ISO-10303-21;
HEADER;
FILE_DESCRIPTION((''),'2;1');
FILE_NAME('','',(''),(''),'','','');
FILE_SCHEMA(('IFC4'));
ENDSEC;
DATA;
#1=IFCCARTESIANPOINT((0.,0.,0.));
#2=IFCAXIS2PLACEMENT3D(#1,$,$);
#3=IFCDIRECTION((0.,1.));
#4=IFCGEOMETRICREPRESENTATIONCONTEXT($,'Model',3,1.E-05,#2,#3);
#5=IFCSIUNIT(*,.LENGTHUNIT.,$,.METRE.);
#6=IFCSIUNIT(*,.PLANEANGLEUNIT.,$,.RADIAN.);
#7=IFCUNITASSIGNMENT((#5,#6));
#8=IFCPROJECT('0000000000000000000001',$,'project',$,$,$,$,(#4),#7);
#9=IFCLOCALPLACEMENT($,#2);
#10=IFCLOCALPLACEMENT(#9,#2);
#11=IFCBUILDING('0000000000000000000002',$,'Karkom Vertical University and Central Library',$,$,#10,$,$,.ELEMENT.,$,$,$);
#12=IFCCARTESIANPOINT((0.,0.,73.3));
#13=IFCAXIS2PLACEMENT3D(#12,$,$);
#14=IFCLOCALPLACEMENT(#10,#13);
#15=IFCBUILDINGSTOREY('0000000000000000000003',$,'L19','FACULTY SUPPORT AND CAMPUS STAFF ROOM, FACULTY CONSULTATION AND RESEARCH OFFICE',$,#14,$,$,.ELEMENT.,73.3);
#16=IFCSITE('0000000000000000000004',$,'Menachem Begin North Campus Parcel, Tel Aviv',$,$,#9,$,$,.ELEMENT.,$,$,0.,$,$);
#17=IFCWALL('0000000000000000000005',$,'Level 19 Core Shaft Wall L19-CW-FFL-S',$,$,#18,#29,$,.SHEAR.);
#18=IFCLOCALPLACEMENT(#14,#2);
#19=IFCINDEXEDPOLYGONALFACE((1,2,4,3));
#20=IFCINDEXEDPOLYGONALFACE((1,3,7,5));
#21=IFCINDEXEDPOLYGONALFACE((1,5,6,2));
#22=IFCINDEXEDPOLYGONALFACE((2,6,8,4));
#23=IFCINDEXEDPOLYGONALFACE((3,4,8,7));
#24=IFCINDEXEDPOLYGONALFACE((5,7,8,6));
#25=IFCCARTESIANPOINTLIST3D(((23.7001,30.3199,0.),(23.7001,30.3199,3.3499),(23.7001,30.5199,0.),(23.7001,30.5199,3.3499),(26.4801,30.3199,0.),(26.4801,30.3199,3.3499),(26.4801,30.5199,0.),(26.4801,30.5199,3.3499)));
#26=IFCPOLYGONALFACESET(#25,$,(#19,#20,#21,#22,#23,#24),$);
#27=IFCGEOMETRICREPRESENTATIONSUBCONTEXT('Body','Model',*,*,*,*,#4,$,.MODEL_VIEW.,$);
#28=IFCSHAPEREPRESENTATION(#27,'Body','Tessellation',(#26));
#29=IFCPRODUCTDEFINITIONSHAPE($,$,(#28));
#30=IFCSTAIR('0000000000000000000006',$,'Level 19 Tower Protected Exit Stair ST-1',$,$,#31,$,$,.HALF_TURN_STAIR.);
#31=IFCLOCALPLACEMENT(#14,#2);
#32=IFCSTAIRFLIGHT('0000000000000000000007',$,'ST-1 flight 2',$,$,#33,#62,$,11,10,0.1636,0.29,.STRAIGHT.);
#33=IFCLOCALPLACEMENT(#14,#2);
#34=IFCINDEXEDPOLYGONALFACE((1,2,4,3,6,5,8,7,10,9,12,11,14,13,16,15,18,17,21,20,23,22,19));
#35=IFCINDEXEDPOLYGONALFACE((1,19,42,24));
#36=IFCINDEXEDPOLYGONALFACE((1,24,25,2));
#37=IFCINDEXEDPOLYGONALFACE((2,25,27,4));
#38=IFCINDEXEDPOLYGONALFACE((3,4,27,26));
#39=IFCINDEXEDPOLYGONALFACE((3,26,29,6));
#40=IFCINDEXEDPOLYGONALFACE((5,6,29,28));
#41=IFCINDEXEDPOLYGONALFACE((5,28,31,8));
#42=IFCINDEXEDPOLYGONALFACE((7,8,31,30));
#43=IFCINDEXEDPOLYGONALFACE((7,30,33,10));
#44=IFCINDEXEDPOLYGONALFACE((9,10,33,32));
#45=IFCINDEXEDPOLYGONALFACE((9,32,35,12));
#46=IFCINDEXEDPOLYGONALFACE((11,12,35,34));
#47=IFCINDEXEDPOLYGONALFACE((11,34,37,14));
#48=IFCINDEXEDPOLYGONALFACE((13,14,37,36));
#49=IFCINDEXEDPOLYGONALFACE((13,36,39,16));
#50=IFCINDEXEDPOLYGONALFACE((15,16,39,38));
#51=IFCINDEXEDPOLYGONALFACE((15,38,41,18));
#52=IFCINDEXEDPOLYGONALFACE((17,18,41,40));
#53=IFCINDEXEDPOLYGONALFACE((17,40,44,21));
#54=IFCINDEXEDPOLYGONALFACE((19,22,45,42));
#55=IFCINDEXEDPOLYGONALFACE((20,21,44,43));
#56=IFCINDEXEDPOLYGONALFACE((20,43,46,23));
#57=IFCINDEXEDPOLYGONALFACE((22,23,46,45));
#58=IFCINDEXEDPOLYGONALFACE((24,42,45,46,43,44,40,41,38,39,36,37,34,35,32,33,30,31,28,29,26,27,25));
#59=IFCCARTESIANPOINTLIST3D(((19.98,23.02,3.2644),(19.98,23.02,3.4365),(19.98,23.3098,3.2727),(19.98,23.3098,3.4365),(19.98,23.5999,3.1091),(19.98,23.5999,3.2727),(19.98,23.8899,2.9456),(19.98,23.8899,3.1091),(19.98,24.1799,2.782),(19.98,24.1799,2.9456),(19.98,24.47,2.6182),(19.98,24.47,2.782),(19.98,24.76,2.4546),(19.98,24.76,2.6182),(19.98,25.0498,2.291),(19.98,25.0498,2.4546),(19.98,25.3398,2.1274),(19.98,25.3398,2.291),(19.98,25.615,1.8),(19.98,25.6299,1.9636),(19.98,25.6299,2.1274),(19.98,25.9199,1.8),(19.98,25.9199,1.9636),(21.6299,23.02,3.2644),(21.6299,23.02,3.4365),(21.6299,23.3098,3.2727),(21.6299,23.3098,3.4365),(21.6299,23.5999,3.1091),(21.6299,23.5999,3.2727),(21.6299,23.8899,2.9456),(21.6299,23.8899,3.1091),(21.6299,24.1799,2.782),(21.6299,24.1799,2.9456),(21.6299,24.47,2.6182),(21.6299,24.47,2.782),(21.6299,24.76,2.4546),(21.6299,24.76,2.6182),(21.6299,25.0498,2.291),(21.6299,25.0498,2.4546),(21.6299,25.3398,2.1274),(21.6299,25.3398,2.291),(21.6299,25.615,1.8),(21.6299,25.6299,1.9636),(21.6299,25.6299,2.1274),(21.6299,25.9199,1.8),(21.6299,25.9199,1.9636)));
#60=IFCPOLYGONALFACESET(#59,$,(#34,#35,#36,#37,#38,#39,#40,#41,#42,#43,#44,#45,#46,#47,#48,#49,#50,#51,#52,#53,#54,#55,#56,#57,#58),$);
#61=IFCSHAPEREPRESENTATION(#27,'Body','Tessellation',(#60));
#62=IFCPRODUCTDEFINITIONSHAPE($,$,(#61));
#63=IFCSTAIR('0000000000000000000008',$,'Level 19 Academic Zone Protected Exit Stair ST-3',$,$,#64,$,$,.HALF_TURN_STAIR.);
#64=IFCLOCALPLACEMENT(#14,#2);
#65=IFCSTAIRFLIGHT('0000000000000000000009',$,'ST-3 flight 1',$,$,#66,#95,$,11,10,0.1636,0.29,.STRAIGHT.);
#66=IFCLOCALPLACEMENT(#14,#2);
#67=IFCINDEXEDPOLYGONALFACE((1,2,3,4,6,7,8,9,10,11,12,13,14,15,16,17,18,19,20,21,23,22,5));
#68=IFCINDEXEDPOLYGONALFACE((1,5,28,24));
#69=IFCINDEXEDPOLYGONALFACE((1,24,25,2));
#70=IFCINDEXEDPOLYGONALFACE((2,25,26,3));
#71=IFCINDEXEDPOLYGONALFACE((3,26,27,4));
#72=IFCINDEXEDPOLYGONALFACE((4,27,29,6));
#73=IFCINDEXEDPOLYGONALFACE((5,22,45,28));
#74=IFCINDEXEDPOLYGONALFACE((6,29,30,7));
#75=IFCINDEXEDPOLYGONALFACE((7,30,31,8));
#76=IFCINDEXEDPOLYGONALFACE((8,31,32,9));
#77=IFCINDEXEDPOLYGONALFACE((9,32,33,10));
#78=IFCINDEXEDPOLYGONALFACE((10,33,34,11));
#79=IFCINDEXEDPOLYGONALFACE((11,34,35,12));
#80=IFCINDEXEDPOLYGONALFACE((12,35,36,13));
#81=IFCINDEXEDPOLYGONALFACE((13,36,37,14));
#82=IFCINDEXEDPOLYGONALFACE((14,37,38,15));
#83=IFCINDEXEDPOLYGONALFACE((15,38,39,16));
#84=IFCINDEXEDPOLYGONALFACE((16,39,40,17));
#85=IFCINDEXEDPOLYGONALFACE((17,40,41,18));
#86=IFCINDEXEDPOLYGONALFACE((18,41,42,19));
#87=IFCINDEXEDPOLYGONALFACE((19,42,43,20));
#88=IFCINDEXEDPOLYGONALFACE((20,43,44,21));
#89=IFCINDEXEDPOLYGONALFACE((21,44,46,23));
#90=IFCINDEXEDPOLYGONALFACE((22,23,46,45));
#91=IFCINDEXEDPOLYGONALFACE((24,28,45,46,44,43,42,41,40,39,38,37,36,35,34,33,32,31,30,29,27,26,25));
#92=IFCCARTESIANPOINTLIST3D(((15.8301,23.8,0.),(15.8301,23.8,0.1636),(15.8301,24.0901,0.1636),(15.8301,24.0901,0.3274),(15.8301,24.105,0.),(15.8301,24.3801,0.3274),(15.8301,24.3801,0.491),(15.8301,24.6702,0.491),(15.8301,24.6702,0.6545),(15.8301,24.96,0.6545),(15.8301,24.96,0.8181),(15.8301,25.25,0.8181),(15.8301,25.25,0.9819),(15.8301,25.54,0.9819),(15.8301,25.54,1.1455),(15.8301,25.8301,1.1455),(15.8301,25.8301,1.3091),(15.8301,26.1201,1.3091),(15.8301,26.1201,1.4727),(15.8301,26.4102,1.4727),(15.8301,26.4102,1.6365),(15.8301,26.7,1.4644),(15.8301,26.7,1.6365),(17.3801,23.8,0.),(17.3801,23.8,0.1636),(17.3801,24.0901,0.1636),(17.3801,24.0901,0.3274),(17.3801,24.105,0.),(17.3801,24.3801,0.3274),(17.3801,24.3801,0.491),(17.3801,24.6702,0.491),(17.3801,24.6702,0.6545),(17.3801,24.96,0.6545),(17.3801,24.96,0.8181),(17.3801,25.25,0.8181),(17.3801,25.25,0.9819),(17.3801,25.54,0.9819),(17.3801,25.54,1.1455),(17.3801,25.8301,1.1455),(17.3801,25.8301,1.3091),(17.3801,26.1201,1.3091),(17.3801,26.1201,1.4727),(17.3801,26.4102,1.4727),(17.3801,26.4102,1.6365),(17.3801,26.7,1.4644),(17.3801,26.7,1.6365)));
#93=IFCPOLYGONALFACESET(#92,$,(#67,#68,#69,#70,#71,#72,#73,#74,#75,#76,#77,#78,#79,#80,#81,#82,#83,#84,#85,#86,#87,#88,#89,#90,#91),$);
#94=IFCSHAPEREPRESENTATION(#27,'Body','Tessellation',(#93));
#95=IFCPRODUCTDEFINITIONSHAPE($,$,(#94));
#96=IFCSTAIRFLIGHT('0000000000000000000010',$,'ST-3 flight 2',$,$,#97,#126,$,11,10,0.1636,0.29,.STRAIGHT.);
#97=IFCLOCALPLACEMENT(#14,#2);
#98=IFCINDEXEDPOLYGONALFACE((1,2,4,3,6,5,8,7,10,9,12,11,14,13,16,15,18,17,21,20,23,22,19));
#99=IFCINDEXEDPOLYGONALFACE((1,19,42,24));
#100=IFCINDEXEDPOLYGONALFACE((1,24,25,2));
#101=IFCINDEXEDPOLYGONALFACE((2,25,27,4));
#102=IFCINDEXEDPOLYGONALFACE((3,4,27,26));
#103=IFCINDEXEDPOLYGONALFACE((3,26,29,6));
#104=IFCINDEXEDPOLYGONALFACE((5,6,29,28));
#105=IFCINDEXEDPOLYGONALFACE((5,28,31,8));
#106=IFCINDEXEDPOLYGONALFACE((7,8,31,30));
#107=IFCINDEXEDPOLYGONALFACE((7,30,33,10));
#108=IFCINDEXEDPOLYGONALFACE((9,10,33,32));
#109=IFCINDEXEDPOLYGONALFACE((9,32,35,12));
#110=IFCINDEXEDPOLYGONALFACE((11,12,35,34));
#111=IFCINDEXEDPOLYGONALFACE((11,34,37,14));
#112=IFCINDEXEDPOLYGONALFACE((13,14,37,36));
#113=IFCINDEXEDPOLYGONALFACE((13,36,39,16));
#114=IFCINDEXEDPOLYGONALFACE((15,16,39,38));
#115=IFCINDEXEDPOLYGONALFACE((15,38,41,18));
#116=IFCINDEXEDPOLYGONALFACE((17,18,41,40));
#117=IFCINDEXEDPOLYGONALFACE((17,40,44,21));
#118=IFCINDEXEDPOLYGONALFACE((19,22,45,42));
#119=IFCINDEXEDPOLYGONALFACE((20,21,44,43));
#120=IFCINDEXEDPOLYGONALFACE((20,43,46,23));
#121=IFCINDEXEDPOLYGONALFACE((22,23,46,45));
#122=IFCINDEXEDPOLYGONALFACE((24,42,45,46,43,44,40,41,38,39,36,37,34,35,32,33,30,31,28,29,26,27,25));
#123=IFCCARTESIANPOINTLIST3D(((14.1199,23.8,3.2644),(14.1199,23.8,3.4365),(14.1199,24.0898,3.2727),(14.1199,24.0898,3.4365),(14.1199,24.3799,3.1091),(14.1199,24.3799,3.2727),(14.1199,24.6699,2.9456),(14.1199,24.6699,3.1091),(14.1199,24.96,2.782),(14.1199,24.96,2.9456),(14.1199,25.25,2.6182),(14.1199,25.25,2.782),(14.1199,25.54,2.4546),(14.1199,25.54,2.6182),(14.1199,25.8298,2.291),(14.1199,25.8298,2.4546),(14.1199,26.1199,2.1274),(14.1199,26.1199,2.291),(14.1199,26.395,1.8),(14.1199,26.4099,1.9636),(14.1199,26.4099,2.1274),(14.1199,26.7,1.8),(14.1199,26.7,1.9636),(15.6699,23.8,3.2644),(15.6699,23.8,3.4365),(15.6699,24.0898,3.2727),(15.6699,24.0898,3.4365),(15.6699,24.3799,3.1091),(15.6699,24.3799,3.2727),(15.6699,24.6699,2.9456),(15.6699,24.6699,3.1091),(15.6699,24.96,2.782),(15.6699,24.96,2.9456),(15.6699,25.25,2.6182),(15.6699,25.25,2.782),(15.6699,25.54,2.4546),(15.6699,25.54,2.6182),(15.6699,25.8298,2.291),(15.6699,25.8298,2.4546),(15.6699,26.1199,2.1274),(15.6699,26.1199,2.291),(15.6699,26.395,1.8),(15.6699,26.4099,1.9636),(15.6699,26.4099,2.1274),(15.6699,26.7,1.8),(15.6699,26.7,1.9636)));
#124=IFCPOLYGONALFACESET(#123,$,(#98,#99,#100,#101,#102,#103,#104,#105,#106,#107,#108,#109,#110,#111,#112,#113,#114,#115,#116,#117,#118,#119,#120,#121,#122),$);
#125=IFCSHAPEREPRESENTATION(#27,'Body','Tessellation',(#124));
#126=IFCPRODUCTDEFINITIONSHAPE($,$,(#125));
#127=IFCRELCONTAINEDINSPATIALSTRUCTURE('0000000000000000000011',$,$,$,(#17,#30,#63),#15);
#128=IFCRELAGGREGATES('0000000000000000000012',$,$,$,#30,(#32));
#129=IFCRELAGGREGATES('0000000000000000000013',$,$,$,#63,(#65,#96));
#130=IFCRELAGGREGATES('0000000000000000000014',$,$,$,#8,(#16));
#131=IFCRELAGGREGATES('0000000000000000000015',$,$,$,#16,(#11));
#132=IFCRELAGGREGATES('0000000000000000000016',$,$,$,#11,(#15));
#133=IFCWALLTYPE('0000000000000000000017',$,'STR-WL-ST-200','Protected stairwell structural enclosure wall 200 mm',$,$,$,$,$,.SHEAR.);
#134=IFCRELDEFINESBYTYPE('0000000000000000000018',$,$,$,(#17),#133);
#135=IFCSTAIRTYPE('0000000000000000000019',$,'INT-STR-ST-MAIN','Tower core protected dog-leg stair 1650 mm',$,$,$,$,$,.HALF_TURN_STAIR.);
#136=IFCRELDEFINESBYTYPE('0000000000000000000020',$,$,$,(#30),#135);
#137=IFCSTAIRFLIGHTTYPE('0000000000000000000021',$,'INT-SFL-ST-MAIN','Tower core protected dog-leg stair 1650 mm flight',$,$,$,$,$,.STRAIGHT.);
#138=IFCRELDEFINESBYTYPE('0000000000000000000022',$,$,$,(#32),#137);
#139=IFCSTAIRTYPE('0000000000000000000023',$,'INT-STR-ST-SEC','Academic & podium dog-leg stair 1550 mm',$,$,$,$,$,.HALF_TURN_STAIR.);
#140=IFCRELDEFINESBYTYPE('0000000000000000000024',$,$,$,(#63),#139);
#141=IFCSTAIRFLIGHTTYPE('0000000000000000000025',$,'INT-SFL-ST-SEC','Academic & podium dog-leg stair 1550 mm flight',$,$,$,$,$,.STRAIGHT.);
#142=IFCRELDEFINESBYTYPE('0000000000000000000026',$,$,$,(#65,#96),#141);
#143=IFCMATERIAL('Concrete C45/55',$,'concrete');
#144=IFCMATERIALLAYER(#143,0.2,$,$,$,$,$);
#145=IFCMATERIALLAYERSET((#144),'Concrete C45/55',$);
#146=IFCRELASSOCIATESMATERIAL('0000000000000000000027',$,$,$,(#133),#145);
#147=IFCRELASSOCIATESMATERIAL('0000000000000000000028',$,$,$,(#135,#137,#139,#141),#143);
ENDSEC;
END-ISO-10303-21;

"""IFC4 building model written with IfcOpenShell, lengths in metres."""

from ifc_helpers import new_model, si_unit, direction, frame, frame_2d, origin, place, context, subcontext, project, spatial, polyline, rectangle, outline, extrude, material, layer, layer_set, type_object, element, aggregate, save


model = new_model("IFC4")

# Units and contexts
model_context = context("Model", 3, precision=1e-05, world=origin(), true_north=direction((0.0, 1.0)))
body_context = subcontext(model_context, "Body", "Model", "MODEL_VIEW")
ifc_project = project(units=[si_unit("LENGTHUNIT", "METRE"), si_unit("PLANEANGLEUNIT", "RADIAN")], contexts=[model_context])

# Site, building, storey
site_placement = place(None, origin())
site = spatial("IfcSite", under=ifc_project, at=site_placement, Name="Menachem Begin North Campus Parcel, Tel Aviv", CompositionType="ELEMENT", RefElevation=0.0)
building_placement = place(site_placement, origin())
building = spatial("IfcBuilding", under=site, at=building_placement, Name="Karkom Vertical University and Central Library", CompositionType="ELEMENT")
storey_placement = place(building_placement, frame((0.0, 0.0, 73.3)))
storey = spatial("IfcBuildingStorey", under=building, at=storey_placement, Name="L19", Description="FACULTY SUPPORT AND CAMPUS STAFF ROOM, FACULTY CONSULTATION AND RESEARCH OFFICE", CompositionType="ELEMENT", Elevation=73.3)

# Wall
ifc_material_1 = material(Name="Concrete C45/55", Category="concrete")
ifc_layer_1 = layer(ifc_material_1, 0.2)
ifc_layer_set_1 = layer_set([ifc_layer_1], Name="Concrete C45/55")
wall_type_1 = type_object("IfcWallType", Name="STR-WL-ST-200", Description="Protected stairwell structural enclosure wall 200 mm", PredefinedType="SHEAR", material=ifc_layer_set_1)
wall_1_placement = place(storey_placement, frame((23.7, 30.4199, 0.0), z_axis=(0.0, 0.0, 1.0), x_axis=(1.0, 0.0, 0.0)))
element("IfcWall", 1, at=wall_1_placement, inside=storey, type_object=wall_type_1, Name="Level 19 Core Shaft Wall L19-CW-FFL-S", PredefinedType="SHEAR", context=body_context, shape_type="SweptSolid", body=[
    extrude(rectangle(XDim=2.78, YDim=0.2, at=frame_2d((1.3901, 0.0))), origin(), (0.0, 0.0, 1.0), 3.3499),
])

# Stair, stair flight
stair_type_1 = type_object("IfcStairType", Name="INT-STR-ST-MAIN", Description="Tower core protected dog-leg stair 1650 mm", PredefinedType="HALF_TURN_STAIR", material=ifc_material_1)
stair_1_placement = place(storey_placement, origin())
stair_1 = element("IfcStair", 2, at=stair_1_placement, inside=storey, type_object=stair_type_1, Name="Level 19 Tower Protected Exit Stair ST-1", PredefinedType="HALF_TURN_STAIR")
stair_flight_type_1 = type_object("IfcStairFlightType", Name="INT-SFL-ST-MAIN", Description="Tower core protected dog-leg stair 1650 mm flight", PredefinedType="STRAIGHT", material=ifc_material_1)
stair_flight_1_placement = place(storey_placement, frame((20.8049, 25.9199, 1.8), z_axis=(0.0, 0.0, 1.0), x_axis=(0.0, -1.0, 0.0)))
stair_flight_1 = element("IfcStairFlight", 3, at=stair_flight_1_placement, type_object=stair_flight_type_1, Name="ST-1 flight 2", NumberOfRisers=11, NumberOfTreads=10, PredefinedType="STRAIGHT", RiserHeight=0.1636, TreadLength=0.29, context=body_context, shape_type="SweptSolid", body=[
    extrude(outline(polyline([(0.0, 0.0), (0.0, 0.1636), (0.29, 0.1636), (0.29, 0.3274), (0.5801, 0.3274), (0.5801, 0.491), (0.8701, 0.491), (0.8701, 0.6545), (1.1599, 0.6545), (1.1599, 0.8181), (1.45, 0.8181), (1.45, 0.9819), (1.74, 0.9819), (1.74, 1.1455), (2.03, 1.1455), (2.03, 1.3091), (2.3201, 1.3091), (2.3201, 1.4727), (2.6101, 1.4727), (2.6101, 1.6365), (2.8999, 1.6365), (2.8999, 1.8), (2.8999, 1.4644), (0.3049, 0.0), (0.0, 0.0)])), frame((0.0, 0.825, 0.0), z_axis=(0.0, -1.0, 0.0), x_axis=(1.0, 0.0, 0.0)), (0.0, 0.0, 1.0), 1.6499),
])
aggregate(stair_1, [stair_flight_1])

# Stair, stair flights
stair_type_2 = type_object("IfcStairType", Name="INT-STR-ST-SEC", Description="Academic & podium dog-leg stair 1550 mm", PredefinedType="HALF_TURN_STAIR", material=ifc_material_1)
stair_2_placement = place(storey_placement, origin())
stair_2 = element("IfcStair", 4, at=stair_2_placement, inside=storey, type_object=stair_type_2, Name="Level 19 Academic Zone Protected Exit Stair ST-3", PredefinedType="HALF_TURN_STAIR")
stair_flight_type_2 = type_object("IfcStairFlightType", Name="INT-SFL-ST-SEC", Description="Academic & podium dog-leg stair 1550 mm flight", PredefinedType="STRAIGHT", material=ifc_material_1)
stair_flight_2_placement = place(storey_placement, frame((16.605, 23.8, 0.0), z_axis=(0.0, 0.0, 1.0), x_axis=(0.0, 1.0, 0.0)))
stair_flight_2 = element("IfcStairFlight", 5, at=stair_flight_2_placement, type_object=stair_flight_type_2, Name="ST-3 flight 1", NumberOfRisers=11, NumberOfTreads=10, PredefinedType="STRAIGHT", RiserHeight=0.1636, TreadLength=0.29, context=body_context, shape_type="SweptSolid", body=[
    extrude(outline(polyline([(0.0, 0.0), (0.0, 0.1636), (0.29, 0.1636), (0.29, 0.3274), (0.5801, 0.3274), (0.5801, 0.491), (0.8701, 0.491), (0.8701, 0.6545), (1.1599, 0.6545), (1.1599, 0.8181), (1.45, 0.8181), (1.45, 0.9819), (1.74, 0.9819), (1.74, 1.1455), (2.03, 1.1455), (2.03, 1.3091), (2.3201, 1.3091), (2.3201, 1.4727), (2.6101, 1.4727), (2.6101, 1.6365), (2.8999, 1.6365), (2.8999, 1.8), (2.8999, 1.4644), (0.3049, 0.0), (0.0, 0.0)])), frame((0.0, 0.7749, 0.0), z_axis=(0.0, -1.0, 0.0), x_axis=(1.0, 0.0, 0.0)), (0.0, 0.0, 1.0), 1.55),
])
stair_flight_3_placement = place(storey_placement, frame((14.895, 26.7, 1.8), z_axis=(0.0, 0.0, 1.0), x_axis=(0.0, -1.0, 0.0)))
stair_flight_3 = element("IfcStairFlight", 6, at=stair_flight_3_placement, type_object=stair_flight_type_2, Name="ST-3 flight 2", NumberOfRisers=11, NumberOfTreads=10, PredefinedType="STRAIGHT", RiserHeight=0.1636, TreadLength=0.29, context=body_context, shape_type="SweptSolid", body=[
    extrude(outline(polyline([(0.0, 0.0), (0.0, 0.1636), (0.29, 0.1636), (0.29, 0.3274), (0.5801, 0.3274), (0.5801, 0.491), (0.8701, 0.491), (0.8701, 0.6545), (1.1599, 0.6545), (1.1599, 0.8181), (1.45, 0.8181), (1.45, 0.9819), (1.74, 0.9819), (1.74, 1.1455), (2.03, 1.1455), (2.03, 1.3091), (2.3201, 1.3091), (2.3201, 1.4727), (2.6101, 1.4727), (2.6101, 1.6365), (2.8999, 1.6365), (2.8999, 1.8), (2.8999, 1.4644), (0.3049, 0.0), (0.0, 0.0)])), frame((0.0, 0.7749, 0.0), z_axis=(0.0, -1.0, 0.0), x_axis=(1.0, 0.0, 0.0)), (0.0, 0.0, 1.0), 1.55),
])
aggregate(stair_2, [stair_flight_2, stair_flight_3])

save(model, "model.ifc")
